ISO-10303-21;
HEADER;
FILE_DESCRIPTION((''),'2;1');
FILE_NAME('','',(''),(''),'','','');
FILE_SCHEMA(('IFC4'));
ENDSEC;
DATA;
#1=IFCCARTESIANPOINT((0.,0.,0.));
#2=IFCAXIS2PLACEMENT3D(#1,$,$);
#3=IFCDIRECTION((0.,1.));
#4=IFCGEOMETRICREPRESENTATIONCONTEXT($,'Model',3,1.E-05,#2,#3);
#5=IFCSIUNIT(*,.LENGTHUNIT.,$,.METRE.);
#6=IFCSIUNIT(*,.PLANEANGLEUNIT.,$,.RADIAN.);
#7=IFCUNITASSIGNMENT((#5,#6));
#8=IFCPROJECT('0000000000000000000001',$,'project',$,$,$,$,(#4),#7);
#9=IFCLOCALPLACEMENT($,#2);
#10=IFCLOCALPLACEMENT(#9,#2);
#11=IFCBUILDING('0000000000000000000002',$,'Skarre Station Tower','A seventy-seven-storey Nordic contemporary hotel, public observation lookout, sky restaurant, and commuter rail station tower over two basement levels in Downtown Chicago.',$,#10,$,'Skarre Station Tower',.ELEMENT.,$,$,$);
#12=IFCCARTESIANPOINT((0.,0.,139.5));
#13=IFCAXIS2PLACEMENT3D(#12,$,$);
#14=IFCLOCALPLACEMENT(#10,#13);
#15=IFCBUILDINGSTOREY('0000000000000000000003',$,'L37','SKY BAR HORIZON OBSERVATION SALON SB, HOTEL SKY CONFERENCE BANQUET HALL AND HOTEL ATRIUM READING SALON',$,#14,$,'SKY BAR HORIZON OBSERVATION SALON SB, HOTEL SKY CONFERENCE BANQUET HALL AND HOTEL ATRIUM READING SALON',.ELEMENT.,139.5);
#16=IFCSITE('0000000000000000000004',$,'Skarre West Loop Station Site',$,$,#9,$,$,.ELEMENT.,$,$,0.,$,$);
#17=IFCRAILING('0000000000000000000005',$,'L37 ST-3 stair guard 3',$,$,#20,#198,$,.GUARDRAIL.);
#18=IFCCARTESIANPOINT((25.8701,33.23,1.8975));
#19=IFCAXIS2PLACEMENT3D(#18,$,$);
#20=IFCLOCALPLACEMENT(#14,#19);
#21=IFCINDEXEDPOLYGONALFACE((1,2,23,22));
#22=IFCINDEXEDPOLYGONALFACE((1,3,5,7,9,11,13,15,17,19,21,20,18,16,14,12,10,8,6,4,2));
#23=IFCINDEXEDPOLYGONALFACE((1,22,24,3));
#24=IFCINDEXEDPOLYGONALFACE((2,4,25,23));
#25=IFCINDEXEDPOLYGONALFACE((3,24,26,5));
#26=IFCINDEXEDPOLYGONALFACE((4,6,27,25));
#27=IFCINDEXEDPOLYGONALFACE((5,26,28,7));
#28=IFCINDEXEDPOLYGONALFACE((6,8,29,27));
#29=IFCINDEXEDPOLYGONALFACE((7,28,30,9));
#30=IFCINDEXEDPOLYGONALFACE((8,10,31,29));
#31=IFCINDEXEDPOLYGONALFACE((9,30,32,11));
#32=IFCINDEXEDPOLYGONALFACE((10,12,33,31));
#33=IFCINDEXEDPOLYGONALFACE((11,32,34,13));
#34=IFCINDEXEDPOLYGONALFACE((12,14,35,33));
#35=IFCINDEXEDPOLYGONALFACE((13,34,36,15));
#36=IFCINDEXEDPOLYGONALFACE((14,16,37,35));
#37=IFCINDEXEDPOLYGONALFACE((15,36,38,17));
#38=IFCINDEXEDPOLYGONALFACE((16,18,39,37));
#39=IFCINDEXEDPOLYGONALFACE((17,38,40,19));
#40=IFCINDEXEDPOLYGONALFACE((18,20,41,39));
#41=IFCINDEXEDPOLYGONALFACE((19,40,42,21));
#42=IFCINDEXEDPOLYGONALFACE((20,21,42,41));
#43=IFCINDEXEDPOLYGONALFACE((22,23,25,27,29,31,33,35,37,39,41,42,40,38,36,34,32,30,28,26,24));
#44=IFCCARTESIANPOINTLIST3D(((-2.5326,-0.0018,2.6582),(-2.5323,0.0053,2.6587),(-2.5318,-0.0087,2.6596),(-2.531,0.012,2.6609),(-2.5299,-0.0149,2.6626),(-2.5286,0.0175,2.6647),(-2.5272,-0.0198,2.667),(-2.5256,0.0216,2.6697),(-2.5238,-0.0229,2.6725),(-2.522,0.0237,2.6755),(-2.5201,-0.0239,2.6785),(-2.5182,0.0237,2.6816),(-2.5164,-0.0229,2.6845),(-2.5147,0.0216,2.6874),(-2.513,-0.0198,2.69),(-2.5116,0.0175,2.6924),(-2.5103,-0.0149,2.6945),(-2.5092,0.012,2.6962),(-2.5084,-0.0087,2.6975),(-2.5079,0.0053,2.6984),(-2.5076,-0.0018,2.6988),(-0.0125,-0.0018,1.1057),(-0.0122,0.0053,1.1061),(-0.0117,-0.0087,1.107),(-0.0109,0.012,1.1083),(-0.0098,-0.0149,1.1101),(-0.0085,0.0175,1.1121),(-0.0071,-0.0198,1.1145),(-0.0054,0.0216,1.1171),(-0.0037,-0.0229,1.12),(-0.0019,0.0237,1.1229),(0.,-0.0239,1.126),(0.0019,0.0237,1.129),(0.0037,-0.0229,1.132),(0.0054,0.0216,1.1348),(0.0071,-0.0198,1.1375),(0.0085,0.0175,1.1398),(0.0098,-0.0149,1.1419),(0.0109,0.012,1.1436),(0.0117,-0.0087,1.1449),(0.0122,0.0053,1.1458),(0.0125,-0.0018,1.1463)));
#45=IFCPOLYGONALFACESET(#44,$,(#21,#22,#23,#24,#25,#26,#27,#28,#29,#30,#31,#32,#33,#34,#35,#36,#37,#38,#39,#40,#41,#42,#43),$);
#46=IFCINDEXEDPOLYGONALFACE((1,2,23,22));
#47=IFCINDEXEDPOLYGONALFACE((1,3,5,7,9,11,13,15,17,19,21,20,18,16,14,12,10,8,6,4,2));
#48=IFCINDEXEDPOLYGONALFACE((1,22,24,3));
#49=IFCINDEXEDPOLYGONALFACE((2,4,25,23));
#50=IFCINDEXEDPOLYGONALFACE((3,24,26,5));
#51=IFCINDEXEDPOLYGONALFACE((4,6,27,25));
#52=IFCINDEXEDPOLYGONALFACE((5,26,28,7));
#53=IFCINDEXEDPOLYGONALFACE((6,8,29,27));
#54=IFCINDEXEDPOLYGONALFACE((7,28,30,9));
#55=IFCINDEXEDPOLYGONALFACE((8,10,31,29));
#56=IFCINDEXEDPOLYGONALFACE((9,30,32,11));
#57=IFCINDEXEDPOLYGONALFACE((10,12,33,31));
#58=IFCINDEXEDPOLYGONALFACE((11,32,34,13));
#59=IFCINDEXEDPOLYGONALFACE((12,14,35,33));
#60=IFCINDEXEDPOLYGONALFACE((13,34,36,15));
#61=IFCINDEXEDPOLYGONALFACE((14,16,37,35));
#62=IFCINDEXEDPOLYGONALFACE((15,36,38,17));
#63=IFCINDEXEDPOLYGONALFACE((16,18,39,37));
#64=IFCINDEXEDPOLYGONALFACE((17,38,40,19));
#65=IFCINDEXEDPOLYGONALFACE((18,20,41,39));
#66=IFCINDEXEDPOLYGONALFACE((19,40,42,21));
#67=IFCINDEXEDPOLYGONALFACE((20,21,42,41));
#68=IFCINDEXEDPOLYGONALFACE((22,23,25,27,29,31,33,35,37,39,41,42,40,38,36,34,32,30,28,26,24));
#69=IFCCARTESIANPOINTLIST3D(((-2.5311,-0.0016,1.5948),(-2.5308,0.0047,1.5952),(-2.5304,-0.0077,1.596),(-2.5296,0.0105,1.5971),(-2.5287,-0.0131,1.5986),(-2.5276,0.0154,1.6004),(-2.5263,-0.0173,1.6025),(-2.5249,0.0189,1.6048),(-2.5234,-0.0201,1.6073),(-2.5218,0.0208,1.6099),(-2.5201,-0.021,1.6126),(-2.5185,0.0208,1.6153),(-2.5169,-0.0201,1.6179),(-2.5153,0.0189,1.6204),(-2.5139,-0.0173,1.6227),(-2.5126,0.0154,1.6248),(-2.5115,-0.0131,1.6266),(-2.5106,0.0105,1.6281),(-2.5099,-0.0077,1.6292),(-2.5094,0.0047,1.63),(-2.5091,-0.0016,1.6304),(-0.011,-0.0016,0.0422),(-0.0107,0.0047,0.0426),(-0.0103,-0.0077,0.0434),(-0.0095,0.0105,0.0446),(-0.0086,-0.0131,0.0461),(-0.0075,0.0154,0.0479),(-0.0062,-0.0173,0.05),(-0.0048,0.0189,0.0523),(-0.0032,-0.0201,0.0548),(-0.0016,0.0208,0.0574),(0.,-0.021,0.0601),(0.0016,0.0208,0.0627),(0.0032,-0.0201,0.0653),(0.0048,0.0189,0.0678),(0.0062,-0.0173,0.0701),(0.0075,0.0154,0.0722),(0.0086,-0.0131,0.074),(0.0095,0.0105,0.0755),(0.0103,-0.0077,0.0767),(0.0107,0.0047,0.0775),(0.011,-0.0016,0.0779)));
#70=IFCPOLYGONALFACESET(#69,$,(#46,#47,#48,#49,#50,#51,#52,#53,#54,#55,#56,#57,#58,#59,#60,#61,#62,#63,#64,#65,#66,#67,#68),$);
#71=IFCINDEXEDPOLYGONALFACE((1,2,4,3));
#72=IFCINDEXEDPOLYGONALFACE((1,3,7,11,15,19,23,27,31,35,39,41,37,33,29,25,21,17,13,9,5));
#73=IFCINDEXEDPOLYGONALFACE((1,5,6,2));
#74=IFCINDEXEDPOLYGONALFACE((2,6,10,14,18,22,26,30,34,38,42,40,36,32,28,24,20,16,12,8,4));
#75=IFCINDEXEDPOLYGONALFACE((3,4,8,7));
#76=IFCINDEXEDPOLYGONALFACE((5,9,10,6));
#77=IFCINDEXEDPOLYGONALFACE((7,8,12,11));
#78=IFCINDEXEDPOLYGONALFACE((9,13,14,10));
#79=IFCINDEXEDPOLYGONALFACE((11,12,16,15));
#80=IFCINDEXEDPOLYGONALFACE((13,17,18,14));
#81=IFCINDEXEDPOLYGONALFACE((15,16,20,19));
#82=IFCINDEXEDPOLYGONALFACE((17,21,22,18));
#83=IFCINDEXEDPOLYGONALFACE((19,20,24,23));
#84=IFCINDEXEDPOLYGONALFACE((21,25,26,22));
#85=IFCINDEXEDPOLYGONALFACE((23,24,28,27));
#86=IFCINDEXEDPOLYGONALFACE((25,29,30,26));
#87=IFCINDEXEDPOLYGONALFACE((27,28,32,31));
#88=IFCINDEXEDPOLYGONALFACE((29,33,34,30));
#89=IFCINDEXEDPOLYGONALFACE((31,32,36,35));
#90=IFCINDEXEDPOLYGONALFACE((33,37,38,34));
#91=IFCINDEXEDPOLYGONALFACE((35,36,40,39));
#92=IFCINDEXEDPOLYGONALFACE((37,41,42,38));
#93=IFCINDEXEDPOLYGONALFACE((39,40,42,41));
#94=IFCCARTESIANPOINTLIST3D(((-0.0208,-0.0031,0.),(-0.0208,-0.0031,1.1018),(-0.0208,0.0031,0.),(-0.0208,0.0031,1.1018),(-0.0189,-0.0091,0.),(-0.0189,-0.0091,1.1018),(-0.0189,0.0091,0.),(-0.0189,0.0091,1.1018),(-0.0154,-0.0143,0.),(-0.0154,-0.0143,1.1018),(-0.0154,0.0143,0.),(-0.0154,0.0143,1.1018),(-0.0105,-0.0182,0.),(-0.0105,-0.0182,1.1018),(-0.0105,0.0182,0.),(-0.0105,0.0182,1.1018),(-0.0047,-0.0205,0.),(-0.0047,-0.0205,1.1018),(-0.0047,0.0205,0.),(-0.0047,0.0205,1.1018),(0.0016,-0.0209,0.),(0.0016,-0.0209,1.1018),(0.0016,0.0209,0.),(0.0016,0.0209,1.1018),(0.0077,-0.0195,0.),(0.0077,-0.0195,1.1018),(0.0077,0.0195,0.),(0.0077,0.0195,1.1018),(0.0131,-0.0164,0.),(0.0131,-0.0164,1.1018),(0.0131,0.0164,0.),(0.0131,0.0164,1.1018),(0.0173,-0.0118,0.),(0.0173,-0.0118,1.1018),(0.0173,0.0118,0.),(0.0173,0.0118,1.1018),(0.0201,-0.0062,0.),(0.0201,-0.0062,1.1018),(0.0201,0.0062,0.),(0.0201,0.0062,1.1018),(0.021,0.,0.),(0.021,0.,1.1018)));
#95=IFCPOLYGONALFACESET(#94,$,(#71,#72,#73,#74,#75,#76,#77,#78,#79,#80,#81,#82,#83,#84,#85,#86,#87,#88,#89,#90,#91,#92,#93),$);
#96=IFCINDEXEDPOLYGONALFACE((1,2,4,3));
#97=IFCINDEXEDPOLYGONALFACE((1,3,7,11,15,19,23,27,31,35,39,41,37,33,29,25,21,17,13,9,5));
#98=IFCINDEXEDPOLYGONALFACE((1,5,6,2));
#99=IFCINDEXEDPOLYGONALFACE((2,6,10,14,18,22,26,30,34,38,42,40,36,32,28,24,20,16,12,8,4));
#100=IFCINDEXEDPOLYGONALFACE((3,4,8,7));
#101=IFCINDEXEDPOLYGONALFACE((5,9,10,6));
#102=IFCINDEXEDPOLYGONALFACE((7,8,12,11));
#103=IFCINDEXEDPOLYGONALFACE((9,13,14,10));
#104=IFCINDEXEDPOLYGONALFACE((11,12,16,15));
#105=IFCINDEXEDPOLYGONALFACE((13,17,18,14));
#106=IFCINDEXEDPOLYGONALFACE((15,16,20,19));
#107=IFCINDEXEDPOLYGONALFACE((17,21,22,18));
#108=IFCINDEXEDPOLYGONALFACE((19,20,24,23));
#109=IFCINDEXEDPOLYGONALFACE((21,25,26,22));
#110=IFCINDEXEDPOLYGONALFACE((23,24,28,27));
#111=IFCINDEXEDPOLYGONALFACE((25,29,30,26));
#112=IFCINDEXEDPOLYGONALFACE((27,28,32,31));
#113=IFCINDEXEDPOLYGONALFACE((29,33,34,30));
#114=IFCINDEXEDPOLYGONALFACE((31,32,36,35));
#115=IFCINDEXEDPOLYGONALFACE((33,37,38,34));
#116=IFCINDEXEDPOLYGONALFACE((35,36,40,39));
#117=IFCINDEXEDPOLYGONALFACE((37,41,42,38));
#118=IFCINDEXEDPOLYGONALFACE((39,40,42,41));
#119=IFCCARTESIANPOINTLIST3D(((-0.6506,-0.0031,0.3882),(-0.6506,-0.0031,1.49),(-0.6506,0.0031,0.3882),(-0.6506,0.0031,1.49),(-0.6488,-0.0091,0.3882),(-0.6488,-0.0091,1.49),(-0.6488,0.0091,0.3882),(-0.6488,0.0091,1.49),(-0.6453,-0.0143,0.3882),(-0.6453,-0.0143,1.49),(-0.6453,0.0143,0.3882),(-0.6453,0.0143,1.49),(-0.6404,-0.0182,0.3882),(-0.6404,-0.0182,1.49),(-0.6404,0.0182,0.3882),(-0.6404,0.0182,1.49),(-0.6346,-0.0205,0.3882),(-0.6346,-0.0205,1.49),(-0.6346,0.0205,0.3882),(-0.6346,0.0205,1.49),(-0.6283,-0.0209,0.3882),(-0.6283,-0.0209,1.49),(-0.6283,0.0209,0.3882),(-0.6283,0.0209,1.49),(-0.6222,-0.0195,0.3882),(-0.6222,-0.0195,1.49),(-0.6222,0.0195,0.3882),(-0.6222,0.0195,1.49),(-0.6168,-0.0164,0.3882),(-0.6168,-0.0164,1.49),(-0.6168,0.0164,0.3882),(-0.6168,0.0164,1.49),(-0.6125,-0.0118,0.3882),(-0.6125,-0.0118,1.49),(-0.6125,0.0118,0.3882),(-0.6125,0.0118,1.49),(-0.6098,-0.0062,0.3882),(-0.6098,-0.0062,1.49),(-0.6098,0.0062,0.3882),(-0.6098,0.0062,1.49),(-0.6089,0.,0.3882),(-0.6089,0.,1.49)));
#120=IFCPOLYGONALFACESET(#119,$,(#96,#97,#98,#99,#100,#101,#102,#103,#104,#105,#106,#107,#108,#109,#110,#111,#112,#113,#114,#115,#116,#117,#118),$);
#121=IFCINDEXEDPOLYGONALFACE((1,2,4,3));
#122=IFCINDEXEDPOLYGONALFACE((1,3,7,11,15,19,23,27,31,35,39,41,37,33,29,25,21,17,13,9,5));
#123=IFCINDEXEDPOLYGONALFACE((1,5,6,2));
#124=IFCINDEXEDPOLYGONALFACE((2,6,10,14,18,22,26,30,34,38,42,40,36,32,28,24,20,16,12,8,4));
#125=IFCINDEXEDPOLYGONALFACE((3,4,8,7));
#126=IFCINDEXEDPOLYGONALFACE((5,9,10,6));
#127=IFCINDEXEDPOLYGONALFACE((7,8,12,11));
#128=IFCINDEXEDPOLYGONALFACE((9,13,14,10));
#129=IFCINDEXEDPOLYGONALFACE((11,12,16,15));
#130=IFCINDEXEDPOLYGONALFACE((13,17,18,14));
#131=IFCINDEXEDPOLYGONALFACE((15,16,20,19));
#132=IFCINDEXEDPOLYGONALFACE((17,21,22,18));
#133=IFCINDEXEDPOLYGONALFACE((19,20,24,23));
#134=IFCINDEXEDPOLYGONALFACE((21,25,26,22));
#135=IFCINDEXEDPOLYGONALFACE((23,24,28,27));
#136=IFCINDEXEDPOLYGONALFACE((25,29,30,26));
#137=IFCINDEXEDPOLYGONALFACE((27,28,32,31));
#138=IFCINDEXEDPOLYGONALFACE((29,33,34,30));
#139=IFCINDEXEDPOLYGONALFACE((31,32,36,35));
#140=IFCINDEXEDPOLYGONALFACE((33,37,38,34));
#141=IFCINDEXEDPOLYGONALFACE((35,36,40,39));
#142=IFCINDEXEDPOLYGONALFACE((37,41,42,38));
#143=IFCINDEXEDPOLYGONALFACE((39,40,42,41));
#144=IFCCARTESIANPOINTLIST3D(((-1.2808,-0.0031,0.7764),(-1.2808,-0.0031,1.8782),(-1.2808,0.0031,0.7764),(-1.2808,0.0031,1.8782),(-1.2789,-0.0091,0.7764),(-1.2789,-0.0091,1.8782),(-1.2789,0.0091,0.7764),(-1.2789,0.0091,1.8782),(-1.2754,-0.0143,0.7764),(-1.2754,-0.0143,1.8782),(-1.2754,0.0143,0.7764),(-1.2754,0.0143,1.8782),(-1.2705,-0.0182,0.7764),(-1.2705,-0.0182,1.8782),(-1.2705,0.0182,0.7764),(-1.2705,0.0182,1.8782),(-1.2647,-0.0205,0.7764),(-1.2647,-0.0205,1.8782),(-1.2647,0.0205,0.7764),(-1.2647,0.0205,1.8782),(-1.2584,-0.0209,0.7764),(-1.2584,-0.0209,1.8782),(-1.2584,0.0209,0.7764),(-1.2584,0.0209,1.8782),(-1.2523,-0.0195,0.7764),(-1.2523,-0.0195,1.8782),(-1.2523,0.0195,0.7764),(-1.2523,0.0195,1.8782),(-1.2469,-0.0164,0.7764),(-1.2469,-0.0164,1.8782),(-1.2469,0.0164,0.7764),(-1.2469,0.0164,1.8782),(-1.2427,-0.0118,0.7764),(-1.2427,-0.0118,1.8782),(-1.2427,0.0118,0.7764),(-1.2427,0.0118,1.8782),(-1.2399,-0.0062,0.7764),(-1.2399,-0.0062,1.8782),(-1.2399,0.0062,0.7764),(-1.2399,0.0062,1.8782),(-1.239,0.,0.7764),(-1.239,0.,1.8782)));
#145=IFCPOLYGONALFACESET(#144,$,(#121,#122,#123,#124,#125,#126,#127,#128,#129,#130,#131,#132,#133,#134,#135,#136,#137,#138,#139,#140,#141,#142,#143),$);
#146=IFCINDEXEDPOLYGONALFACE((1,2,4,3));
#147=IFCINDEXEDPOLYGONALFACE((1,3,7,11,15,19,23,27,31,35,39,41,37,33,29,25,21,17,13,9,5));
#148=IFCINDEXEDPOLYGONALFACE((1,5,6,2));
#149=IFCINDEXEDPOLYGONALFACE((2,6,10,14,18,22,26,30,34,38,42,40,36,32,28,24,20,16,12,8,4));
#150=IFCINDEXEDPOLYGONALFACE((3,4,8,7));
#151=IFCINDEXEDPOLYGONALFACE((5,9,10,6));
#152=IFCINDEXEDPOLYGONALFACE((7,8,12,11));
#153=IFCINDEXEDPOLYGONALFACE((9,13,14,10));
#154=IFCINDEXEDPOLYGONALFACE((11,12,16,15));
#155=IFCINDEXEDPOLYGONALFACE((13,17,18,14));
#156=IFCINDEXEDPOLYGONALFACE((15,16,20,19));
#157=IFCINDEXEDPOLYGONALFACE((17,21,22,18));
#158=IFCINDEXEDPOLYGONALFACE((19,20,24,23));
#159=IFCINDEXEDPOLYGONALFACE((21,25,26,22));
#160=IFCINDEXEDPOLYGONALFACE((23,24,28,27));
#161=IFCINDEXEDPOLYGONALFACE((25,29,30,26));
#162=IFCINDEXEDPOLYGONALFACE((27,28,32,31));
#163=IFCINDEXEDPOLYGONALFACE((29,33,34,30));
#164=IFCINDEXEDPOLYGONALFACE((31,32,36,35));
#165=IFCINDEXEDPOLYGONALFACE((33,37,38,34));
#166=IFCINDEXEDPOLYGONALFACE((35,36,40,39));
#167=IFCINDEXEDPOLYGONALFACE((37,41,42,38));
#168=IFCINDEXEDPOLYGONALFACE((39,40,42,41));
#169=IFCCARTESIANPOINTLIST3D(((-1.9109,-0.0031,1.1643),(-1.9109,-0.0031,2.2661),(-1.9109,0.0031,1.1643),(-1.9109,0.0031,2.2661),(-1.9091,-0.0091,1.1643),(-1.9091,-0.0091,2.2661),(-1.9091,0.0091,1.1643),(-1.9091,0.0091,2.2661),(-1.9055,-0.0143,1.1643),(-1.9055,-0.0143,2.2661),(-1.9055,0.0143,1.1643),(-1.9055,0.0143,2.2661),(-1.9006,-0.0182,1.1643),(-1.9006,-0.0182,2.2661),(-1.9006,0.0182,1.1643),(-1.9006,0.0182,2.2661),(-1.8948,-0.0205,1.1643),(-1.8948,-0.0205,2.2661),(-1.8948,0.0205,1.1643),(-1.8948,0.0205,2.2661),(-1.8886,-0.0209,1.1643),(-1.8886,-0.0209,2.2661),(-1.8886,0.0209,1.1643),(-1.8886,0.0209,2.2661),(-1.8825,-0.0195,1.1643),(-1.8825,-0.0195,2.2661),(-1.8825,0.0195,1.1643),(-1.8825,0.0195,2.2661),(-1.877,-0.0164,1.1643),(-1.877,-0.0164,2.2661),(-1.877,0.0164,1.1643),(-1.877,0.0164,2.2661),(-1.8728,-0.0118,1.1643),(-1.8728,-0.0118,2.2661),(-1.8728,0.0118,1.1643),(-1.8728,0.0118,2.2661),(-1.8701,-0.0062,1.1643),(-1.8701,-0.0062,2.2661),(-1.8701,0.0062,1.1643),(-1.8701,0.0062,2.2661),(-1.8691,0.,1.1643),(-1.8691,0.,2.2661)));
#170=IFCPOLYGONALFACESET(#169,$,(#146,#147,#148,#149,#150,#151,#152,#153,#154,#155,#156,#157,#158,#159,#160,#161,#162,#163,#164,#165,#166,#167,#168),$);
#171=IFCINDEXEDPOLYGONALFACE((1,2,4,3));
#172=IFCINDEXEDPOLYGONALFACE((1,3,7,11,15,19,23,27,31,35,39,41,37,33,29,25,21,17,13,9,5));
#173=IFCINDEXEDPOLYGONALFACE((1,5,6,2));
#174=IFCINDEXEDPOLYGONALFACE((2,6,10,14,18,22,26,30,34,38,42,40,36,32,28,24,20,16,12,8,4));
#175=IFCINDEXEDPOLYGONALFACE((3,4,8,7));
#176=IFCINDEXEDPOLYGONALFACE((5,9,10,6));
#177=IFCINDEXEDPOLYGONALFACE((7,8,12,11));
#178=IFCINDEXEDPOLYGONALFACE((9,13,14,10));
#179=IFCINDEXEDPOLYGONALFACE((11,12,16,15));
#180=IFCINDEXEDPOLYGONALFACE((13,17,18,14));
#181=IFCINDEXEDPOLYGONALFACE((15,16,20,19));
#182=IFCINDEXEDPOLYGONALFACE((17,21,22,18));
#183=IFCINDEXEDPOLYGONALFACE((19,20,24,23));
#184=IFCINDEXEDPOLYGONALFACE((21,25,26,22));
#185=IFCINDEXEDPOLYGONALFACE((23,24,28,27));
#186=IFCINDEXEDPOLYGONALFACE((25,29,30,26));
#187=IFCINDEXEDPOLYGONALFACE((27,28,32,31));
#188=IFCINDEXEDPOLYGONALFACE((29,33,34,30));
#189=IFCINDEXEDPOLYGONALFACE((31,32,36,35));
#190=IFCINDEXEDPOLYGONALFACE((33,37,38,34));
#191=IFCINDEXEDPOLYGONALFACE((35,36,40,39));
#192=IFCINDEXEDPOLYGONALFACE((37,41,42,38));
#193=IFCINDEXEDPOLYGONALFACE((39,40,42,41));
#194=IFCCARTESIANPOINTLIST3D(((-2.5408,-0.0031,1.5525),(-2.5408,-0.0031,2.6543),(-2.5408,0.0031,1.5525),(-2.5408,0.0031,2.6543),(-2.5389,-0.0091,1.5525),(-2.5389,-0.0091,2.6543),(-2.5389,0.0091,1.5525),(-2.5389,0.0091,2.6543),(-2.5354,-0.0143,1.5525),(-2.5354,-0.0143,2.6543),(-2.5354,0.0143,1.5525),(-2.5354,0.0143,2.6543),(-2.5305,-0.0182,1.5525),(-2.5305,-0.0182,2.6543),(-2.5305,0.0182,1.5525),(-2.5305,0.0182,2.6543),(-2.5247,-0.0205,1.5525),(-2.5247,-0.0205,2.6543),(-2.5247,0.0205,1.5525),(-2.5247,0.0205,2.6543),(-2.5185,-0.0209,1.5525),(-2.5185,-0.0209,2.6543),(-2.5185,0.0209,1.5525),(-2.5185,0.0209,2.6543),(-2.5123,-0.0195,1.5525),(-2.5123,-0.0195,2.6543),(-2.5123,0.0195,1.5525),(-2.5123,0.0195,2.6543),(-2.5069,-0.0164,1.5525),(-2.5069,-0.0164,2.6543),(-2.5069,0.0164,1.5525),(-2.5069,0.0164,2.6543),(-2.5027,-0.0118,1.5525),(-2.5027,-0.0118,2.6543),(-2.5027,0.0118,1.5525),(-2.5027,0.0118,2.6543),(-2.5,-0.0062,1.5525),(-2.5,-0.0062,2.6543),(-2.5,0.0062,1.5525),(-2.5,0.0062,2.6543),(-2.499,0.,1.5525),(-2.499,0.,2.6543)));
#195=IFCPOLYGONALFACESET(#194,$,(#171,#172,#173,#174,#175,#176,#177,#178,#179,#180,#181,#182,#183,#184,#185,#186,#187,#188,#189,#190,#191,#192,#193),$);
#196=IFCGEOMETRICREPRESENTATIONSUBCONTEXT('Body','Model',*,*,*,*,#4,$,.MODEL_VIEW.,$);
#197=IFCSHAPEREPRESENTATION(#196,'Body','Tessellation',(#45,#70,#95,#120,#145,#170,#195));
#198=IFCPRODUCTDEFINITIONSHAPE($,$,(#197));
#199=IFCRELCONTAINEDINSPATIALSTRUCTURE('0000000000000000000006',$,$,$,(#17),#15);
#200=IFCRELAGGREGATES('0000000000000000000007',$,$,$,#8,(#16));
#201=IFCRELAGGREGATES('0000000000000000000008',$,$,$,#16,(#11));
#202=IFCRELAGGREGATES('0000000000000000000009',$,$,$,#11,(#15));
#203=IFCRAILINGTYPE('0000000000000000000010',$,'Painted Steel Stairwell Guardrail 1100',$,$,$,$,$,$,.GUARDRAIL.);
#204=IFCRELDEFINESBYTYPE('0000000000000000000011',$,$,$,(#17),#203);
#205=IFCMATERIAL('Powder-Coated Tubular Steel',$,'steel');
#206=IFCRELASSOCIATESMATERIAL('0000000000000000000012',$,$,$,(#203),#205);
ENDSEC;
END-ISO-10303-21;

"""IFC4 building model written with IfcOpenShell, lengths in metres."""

from ifc_helpers import new_model, si_unit, direction, frame, origin, origin_2d, place, context, subcontext, project, spatial, circle, extrude, material, type_object, element, save


model = new_model("IFC4")

# Units and contexts
model_context = context("Model", 3, precision=1e-05, world=origin(), true_north=direction((0.0, 1.0)))
body_context = subcontext(model_context, "Body", "Model", "MODEL_VIEW")
ifc_project = project(units=[si_unit("LENGTHUNIT", "METRE"), si_unit("PLANEANGLEUNIT", "RADIAN")], contexts=[model_context])

# Site, building, storey
site_placement = place(None, origin())
site = spatial("IfcSite", under=ifc_project, at=site_placement, Name="Skarre West Loop Station Site", CompositionType="ELEMENT", RefElevation=0.0)
building_placement = place(site_placement, origin())
building = spatial("IfcBuilding", under=site, at=building_placement, Name="Skarre Station Tower", Description="A seventy-seven-storey Nordic contemporary hotel, public observation lookout, sky restaurant, and commuter rail station tower over two basement levels in Downtown Chicago.", LongName="Skarre Station Tower", CompositionType="ELEMENT")
storey_placement = place(building_placement, frame((0.0, 0.0, 139.5)))
storey = spatial("IfcBuildingStorey", under=building, at=storey_placement, Name="L37", Description="SKY BAR HORIZON OBSERVATION SALON SB, HOTEL SKY CONFERENCE BANQUET HALL AND HOTEL ATRIUM READING SALON", LongName="SKY BAR HORIZON OBSERVATION SALON SB, HOTEL SKY CONFERENCE BANQUET HALL AND HOTEL ATRIUM READING SALON", CompositionType="ELEMENT", Elevation=139.5)

# Railing
ifc_material_1 = material(Name="Powder-Coated Tubular Steel", Category="steel")
railing_type_1 = type_object("IfcRailingType", Name="Painted Steel Stairwell Guardrail 1100", PredefinedType="GUARDRAIL", material=ifc_material_1)
railing_1_placement = place(storey_placement, frame((25.8701, 33.23, 1.8975)))
element("IfcRailing", 1, at=railing_1_placement, inside=storey, type_object=railing_type_1, Name="L37 ST-3 stair guard 3", PredefinedType="GUARDRAIL", context=body_context, shape_type="SweptSolid", body=[
    extrude(circle(Radius=0.0239, at=origin_2d()), frame((0.0, 0.0, 1.126), z_axis=(-0.8514, 0.0, 0.524516), x_axis=(0.0, -1.0, 0.0)), (0.0, 0.0, 1.0), 2.96),
    extrude(circle(Radius=0.021, at=origin_2d()), frame((0.0, 0.0, 0.0601), z_axis=(-0.8514, 0.0, 0.524516), x_axis=(0.0, -1.0, 0.0)), (0.0, 0.0, 1.0), 2.96),
    extrude(circle(Radius=0.021, at=origin_2d()), origin(), (0.0, 0.0, 1.0), 1.1018),
    extrude(circle(Radius=0.021, at=origin_2d()), frame((-0.6299, 0.0, 0.3882)), (0.0, 0.0, 1.0), 1.1018),
    extrude(circle(Radius=0.021, at=origin_2d()), frame((-1.26, 0.0, 0.7764)), (0.0, 0.0, 1.0), 1.1018),
    extrude(circle(Radius=0.021, at=origin_2d()), frame((-1.8901, 0.0, 1.1643)), (0.0, 0.0, 1.0), 1.1018),
    extrude(circle(Radius=0.021, at=origin_2d()), frame((-2.52, 0.0, 1.5525)), (0.0, 0.0, 1.0), 1.1018),
])

save(model, "model.ifc")
